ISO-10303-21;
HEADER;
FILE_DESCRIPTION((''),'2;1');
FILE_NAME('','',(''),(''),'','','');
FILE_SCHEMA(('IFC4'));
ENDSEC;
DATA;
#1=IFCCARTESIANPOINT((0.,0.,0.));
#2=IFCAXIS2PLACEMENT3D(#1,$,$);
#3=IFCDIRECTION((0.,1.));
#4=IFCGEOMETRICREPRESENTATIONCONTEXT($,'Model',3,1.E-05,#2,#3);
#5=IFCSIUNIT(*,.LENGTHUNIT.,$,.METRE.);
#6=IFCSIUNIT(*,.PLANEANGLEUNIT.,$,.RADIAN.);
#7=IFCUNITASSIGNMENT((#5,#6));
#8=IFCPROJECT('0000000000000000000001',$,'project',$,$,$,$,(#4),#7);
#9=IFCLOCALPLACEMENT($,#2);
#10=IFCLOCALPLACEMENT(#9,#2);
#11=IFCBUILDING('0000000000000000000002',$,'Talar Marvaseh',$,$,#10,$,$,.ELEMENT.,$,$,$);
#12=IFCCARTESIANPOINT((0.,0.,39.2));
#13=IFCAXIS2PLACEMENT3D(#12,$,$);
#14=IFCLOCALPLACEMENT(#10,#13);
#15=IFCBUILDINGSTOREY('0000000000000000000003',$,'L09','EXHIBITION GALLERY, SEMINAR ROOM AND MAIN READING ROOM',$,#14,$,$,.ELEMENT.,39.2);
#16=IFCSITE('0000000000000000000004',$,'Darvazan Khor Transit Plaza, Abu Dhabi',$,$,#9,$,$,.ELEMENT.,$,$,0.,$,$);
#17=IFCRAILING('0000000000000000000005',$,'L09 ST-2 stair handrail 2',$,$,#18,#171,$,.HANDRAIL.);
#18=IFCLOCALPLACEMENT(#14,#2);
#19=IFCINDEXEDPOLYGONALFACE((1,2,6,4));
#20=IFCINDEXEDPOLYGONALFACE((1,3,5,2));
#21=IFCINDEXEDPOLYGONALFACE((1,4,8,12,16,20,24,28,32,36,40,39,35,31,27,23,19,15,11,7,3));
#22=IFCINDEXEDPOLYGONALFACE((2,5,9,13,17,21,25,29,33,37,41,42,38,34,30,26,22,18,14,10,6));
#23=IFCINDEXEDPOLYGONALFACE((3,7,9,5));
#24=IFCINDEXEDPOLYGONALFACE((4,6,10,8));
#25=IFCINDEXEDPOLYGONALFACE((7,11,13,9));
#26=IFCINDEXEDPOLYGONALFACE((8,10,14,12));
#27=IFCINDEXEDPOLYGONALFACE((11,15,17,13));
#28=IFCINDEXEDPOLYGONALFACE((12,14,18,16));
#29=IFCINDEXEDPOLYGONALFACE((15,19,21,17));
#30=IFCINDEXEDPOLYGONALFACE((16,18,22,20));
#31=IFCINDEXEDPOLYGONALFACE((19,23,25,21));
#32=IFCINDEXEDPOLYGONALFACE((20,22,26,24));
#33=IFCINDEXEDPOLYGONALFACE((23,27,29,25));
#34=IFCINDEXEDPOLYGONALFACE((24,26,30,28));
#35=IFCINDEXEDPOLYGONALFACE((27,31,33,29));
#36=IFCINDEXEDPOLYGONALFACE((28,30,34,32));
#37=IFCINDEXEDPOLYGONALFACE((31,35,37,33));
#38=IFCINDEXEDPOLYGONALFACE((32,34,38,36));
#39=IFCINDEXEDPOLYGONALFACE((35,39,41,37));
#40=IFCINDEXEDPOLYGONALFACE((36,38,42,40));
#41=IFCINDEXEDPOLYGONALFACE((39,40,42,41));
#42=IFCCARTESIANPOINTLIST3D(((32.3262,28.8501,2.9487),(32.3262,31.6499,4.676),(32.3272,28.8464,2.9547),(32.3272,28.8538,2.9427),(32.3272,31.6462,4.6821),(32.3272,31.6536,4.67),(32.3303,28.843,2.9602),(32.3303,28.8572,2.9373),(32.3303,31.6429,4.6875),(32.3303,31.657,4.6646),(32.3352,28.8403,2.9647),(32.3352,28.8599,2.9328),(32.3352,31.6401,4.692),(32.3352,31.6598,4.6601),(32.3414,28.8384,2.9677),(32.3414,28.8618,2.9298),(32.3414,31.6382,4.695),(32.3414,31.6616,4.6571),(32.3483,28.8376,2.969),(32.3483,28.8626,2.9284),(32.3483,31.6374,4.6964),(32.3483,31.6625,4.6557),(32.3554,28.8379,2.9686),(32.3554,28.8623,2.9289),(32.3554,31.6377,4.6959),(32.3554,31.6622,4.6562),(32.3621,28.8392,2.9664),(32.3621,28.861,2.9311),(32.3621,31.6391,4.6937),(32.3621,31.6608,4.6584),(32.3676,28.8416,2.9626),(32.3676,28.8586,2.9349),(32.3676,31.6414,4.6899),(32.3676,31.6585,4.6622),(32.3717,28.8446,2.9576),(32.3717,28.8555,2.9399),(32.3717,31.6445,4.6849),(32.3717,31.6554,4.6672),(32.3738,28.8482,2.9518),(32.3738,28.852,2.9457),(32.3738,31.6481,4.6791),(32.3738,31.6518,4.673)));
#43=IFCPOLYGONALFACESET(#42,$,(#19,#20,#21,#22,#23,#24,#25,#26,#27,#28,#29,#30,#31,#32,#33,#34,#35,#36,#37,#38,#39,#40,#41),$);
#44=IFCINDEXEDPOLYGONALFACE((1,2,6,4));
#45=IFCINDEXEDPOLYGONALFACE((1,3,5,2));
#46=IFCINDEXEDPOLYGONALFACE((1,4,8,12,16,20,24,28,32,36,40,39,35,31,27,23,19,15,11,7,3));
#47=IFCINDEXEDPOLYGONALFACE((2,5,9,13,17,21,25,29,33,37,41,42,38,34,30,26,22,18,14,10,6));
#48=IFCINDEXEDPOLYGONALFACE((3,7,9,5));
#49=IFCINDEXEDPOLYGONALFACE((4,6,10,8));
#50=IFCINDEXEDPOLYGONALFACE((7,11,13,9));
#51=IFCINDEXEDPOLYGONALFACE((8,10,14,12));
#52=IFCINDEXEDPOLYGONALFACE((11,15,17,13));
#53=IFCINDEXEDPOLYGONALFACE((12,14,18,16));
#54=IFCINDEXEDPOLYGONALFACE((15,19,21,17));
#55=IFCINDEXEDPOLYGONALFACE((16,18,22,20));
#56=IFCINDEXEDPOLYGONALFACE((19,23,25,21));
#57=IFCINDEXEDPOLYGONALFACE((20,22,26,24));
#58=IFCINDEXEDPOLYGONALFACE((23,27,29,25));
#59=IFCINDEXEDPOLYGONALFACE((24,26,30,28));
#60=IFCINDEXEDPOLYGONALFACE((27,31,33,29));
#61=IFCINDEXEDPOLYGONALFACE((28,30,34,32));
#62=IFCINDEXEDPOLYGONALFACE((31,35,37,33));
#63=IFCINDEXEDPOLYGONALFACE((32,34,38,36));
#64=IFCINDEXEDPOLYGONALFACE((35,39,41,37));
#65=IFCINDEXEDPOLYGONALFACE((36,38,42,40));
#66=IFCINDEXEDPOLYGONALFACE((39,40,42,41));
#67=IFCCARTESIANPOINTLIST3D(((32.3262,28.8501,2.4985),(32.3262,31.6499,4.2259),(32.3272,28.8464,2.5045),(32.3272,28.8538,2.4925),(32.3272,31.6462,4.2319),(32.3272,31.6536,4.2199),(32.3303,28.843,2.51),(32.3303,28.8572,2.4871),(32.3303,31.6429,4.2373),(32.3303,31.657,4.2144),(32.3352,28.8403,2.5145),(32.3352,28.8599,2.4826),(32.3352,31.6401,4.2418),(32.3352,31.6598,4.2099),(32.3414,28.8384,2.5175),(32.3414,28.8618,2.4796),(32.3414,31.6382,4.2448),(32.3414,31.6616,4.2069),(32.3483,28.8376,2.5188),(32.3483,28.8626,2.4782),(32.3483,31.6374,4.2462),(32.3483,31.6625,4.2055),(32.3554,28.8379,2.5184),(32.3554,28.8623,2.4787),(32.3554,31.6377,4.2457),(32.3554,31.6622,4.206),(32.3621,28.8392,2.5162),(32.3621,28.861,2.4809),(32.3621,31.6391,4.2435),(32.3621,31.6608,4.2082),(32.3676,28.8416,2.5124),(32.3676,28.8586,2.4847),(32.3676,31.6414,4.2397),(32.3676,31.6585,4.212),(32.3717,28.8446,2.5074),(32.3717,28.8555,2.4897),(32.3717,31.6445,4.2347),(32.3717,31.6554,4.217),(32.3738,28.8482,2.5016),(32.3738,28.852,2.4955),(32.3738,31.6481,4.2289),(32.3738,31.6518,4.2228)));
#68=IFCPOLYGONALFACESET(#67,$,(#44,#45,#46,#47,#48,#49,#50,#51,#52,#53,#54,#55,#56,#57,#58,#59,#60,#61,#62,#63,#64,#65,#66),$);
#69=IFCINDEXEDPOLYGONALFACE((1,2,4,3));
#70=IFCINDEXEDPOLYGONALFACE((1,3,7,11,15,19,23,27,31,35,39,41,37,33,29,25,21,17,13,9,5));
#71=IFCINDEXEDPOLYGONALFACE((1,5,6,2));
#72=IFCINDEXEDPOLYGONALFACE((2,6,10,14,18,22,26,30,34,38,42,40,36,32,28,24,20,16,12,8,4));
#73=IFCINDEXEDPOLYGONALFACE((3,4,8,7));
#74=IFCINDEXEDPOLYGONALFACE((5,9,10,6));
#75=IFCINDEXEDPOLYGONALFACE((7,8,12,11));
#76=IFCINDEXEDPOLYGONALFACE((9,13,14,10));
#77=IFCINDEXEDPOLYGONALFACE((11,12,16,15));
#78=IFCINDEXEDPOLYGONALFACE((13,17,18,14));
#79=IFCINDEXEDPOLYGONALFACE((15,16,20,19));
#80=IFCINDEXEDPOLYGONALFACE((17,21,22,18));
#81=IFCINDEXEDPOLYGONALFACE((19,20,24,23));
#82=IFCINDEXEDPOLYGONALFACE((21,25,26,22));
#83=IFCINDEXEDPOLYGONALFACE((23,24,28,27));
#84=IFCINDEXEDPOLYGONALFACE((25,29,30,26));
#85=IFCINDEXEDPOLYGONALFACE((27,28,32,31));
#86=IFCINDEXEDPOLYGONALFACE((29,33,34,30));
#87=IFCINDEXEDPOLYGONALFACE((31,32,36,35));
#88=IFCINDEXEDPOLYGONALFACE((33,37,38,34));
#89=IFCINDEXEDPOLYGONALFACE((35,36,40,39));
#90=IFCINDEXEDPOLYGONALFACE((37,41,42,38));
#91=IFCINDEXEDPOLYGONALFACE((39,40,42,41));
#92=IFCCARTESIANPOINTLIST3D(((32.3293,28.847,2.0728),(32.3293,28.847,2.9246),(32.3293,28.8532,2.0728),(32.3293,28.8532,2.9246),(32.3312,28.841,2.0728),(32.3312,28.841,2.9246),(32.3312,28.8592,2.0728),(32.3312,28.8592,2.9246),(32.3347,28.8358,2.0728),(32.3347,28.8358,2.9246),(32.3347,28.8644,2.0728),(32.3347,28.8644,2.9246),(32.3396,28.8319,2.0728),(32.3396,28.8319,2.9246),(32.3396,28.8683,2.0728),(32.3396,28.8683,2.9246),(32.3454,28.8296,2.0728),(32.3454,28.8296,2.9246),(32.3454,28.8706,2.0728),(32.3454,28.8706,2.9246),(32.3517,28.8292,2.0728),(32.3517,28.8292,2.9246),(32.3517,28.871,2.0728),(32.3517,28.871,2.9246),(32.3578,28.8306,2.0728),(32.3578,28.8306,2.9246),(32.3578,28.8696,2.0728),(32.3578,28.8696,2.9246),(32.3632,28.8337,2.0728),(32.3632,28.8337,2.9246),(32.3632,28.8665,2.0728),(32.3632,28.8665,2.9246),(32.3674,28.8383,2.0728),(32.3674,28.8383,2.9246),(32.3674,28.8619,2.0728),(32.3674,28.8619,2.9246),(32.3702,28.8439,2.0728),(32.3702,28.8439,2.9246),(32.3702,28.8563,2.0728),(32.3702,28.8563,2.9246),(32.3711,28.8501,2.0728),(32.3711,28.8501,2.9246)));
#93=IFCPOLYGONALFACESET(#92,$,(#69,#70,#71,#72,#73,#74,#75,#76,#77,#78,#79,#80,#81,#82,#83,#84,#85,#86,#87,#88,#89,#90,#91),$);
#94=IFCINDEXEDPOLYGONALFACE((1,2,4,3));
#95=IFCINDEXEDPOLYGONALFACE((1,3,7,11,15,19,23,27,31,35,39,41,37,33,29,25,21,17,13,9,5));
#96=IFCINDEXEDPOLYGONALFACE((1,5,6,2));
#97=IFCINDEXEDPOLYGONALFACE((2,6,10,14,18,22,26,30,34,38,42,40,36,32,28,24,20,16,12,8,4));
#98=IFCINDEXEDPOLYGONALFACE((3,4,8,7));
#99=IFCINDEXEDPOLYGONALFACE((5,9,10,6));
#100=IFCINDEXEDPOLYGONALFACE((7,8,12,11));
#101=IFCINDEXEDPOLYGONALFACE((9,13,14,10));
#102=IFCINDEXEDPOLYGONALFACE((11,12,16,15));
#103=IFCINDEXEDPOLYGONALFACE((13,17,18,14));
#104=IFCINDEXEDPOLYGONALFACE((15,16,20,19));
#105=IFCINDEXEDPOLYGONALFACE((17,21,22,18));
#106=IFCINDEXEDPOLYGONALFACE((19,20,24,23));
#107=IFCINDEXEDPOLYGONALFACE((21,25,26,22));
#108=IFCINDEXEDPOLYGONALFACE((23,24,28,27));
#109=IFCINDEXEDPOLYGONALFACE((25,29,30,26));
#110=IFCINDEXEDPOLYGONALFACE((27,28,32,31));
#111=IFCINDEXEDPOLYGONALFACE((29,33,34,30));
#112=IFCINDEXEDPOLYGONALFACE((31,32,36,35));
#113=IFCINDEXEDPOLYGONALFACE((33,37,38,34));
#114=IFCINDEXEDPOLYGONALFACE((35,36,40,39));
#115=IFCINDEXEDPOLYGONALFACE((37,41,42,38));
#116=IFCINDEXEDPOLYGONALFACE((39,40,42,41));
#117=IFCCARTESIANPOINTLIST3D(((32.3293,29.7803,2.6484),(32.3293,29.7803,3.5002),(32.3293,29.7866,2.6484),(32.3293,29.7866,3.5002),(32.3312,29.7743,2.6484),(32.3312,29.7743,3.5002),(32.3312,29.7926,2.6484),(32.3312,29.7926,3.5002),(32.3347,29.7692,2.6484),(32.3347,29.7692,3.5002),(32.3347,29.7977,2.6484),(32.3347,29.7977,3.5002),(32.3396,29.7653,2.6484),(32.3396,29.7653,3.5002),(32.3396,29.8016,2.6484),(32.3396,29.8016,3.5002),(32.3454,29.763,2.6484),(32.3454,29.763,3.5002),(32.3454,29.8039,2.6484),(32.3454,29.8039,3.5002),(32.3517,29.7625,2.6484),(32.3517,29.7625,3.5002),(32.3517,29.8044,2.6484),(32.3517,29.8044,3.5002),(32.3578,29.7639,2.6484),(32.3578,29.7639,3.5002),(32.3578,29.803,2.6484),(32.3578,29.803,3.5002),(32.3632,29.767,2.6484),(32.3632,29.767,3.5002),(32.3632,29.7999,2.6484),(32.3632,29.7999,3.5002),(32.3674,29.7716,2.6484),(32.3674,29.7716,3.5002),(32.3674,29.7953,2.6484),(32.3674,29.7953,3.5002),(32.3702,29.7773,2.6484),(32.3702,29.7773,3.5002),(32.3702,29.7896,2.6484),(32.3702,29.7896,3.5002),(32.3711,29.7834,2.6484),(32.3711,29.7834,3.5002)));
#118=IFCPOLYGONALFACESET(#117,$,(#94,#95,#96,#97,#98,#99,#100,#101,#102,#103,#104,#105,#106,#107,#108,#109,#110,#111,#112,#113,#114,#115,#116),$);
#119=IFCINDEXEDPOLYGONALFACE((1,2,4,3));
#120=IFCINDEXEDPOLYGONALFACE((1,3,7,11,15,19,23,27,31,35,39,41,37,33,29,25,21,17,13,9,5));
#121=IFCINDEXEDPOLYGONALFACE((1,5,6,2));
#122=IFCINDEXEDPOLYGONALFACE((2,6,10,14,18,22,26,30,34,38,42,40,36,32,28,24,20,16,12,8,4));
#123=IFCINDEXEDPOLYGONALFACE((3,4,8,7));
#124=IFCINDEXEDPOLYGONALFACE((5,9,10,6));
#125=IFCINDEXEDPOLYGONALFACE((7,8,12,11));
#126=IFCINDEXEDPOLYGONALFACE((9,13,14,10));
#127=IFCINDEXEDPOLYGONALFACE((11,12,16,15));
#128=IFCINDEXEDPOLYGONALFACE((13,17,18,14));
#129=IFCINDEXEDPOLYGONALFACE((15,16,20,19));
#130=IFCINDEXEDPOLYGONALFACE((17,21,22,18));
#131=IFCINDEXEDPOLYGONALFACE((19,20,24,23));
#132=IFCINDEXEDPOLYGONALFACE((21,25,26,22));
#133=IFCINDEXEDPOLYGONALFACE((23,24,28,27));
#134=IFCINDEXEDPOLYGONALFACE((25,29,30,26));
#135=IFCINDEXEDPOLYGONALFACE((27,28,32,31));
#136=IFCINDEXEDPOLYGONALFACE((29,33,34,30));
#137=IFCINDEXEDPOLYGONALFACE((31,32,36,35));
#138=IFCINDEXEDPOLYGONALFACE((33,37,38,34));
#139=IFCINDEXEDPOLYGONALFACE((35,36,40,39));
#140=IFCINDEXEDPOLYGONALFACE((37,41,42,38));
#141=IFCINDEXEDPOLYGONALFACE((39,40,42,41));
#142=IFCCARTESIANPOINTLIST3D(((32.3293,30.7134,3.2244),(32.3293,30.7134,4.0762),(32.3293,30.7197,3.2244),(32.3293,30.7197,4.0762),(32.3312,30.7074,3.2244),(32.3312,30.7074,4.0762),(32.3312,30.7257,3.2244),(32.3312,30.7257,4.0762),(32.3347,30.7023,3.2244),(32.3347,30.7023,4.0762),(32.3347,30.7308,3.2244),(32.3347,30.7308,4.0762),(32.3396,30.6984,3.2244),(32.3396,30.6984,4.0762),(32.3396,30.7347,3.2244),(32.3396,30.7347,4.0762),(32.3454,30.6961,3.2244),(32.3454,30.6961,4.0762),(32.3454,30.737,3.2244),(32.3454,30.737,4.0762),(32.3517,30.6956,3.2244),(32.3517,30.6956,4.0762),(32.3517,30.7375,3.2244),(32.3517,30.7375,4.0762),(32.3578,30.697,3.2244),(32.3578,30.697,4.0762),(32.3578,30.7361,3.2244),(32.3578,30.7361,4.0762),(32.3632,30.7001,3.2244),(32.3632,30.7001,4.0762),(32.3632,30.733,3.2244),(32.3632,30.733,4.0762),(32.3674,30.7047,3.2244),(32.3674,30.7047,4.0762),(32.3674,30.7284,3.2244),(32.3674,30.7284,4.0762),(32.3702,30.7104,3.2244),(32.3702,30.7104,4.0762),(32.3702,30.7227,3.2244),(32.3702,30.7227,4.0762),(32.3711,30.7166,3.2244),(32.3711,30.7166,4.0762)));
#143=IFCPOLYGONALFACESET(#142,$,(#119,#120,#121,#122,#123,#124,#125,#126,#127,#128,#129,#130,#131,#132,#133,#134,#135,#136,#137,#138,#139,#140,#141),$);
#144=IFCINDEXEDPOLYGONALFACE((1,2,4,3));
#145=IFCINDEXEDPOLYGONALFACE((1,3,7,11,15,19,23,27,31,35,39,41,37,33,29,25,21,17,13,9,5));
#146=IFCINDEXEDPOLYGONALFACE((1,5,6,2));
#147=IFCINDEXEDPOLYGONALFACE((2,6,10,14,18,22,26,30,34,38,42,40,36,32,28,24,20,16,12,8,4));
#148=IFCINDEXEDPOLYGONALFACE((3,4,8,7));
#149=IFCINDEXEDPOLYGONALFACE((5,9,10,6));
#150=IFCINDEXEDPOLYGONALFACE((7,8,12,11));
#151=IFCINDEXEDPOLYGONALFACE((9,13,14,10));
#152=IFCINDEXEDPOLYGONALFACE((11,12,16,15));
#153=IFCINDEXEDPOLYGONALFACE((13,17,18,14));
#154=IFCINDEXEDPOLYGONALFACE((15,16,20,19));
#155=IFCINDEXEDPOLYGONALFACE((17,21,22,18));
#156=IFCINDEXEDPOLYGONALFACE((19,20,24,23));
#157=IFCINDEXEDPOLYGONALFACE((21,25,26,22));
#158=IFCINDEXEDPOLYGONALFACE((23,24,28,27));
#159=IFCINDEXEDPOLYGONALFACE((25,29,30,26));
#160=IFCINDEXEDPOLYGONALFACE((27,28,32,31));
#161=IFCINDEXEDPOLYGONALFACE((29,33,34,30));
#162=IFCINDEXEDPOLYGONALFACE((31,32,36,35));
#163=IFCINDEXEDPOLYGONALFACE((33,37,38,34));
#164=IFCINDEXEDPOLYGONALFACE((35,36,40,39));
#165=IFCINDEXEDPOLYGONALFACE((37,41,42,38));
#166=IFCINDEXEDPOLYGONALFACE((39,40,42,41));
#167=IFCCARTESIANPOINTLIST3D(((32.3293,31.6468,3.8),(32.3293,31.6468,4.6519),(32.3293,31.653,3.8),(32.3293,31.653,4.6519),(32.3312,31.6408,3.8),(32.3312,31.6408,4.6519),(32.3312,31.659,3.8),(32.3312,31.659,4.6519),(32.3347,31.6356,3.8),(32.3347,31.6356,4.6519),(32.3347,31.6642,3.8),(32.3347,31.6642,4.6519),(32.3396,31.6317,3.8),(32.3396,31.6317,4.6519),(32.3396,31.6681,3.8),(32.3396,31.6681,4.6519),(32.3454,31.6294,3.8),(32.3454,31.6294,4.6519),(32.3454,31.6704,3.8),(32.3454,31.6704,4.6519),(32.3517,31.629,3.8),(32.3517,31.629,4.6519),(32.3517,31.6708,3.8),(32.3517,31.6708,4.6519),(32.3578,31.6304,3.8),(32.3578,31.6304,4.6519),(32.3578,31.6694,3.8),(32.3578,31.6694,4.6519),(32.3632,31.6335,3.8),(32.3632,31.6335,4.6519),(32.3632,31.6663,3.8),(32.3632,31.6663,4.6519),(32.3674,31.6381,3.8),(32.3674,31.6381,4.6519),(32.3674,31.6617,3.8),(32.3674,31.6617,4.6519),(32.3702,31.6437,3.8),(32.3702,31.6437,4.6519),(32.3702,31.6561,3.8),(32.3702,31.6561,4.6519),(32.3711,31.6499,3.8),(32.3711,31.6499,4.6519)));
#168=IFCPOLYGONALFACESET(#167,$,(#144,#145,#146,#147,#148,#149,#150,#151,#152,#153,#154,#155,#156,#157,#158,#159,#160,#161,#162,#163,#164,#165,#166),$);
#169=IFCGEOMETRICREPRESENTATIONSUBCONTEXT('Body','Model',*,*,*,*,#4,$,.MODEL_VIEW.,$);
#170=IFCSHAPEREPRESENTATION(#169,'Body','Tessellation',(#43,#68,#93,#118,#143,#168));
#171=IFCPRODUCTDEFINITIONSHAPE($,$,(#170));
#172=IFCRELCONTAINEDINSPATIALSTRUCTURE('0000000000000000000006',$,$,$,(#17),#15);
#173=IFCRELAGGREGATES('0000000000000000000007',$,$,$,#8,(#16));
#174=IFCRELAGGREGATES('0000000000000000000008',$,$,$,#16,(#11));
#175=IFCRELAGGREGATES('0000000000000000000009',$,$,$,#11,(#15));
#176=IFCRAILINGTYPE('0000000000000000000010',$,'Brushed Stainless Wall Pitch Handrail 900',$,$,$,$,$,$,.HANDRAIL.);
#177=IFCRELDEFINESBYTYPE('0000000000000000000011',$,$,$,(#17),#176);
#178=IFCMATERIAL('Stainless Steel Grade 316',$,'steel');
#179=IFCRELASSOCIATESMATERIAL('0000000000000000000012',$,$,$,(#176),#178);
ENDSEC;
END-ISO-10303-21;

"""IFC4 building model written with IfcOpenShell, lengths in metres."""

from ifc_helpers import new_model, si_unit, direction, frame, origin, origin_2d, place, context, subcontext, project, spatial, circle, extrude, material, type_object, element, save


model = new_model("IFC4")

# Units and contexts
model_context = context("Model", 3, precision=1e-05, world=origin(), true_north=direction((0.0, 1.0)))
body_context = subcontext(model_context, "Body", "Model", "MODEL_VIEW")
ifc_project = project(units=[si_unit("LENGTHUNIT", "METRE"), si_unit("PLANEANGLEUNIT", "RADIAN")], contexts=[model_context])

# Site, building, storey
site_placement = place(None, origin())
site = spatial("IfcSite", under=ifc_project, at=site_placement, Name="Darvazan Khor Transit Plaza, Abu Dhabi", CompositionType="ELEMENT", RefElevation=0.0)
building_placement = place(site_placement, origin())
building = spatial("IfcBuilding", under=site, at=building_placement, Name="Talar Marvaseh", CompositionType="ELEMENT")
storey_placement = place(building_placement, frame((0.0, 0.0, 39.2)))
storey = spatial("IfcBuildingStorey", under=building, at=storey_placement, Name="L09", Description="EXHIBITION GALLERY, SEMINAR ROOM AND MAIN READING ROOM", CompositionType="ELEMENT", Elevation=39.2)

# Railing
ifc_material_1 = material(Name="Stainless Steel Grade 316", Category="steel")
railing_type_1 = type_object("IfcRailingType", Name="Brushed Stainless Wall Pitch Handrail 900", PredefinedType="HANDRAIL", material=ifc_material_1)
railing_1_placement = place(storey_placement, frame((32.3501, 28.8501, 2.0728)))
element("IfcRailing", 1, at=railing_1_placement, inside=storey, type_object=railing_type_1, Name="L09 ST-2 stair handrail 2", PredefinedType="HANDRAIL", context=body_context, shape_type="SweptSolid", body=[
    extrude(circle(Radius=0.0239, at=origin_2d()), frame((0.0, 0.0, 0.876), z_axis=(0.0, 0.851069, 0.525054), x_axis=(-1.0, 0.0, 0.0)), (0.0, 0.0, 1.0), 3.2898),
    extrude(circle(Radius=0.0239, at=origin_2d()), frame((0.0, 0.0, 0.4258), z_axis=(0.0, 0.851069, 0.525054), x_axis=(-1.0, 0.0, 0.0)), (0.0, 0.0, 1.0), 3.2898),
    extrude(circle(Radius=0.021, at=origin_2d()), origin(), (0.0, 0.0, 1.0), 0.8518),
    extrude(circle(Radius=0.021, at=origin_2d()), frame((0.0, 0.9333, 0.5757)), (0.0, 0.0, 1.0), 0.8518),
    extrude(circle(Radius=0.021, at=origin_2d()), frame((0.0, 1.8665, 1.1516)), (0.0, 0.0, 1.0), 0.8518),
    extrude(circle(Radius=0.021, at=origin_2d()), frame((0.0, 2.7998, 1.7273)), (0.0, 0.0, 1.0), 0.8518),
])

save(model, "model.ifc")
